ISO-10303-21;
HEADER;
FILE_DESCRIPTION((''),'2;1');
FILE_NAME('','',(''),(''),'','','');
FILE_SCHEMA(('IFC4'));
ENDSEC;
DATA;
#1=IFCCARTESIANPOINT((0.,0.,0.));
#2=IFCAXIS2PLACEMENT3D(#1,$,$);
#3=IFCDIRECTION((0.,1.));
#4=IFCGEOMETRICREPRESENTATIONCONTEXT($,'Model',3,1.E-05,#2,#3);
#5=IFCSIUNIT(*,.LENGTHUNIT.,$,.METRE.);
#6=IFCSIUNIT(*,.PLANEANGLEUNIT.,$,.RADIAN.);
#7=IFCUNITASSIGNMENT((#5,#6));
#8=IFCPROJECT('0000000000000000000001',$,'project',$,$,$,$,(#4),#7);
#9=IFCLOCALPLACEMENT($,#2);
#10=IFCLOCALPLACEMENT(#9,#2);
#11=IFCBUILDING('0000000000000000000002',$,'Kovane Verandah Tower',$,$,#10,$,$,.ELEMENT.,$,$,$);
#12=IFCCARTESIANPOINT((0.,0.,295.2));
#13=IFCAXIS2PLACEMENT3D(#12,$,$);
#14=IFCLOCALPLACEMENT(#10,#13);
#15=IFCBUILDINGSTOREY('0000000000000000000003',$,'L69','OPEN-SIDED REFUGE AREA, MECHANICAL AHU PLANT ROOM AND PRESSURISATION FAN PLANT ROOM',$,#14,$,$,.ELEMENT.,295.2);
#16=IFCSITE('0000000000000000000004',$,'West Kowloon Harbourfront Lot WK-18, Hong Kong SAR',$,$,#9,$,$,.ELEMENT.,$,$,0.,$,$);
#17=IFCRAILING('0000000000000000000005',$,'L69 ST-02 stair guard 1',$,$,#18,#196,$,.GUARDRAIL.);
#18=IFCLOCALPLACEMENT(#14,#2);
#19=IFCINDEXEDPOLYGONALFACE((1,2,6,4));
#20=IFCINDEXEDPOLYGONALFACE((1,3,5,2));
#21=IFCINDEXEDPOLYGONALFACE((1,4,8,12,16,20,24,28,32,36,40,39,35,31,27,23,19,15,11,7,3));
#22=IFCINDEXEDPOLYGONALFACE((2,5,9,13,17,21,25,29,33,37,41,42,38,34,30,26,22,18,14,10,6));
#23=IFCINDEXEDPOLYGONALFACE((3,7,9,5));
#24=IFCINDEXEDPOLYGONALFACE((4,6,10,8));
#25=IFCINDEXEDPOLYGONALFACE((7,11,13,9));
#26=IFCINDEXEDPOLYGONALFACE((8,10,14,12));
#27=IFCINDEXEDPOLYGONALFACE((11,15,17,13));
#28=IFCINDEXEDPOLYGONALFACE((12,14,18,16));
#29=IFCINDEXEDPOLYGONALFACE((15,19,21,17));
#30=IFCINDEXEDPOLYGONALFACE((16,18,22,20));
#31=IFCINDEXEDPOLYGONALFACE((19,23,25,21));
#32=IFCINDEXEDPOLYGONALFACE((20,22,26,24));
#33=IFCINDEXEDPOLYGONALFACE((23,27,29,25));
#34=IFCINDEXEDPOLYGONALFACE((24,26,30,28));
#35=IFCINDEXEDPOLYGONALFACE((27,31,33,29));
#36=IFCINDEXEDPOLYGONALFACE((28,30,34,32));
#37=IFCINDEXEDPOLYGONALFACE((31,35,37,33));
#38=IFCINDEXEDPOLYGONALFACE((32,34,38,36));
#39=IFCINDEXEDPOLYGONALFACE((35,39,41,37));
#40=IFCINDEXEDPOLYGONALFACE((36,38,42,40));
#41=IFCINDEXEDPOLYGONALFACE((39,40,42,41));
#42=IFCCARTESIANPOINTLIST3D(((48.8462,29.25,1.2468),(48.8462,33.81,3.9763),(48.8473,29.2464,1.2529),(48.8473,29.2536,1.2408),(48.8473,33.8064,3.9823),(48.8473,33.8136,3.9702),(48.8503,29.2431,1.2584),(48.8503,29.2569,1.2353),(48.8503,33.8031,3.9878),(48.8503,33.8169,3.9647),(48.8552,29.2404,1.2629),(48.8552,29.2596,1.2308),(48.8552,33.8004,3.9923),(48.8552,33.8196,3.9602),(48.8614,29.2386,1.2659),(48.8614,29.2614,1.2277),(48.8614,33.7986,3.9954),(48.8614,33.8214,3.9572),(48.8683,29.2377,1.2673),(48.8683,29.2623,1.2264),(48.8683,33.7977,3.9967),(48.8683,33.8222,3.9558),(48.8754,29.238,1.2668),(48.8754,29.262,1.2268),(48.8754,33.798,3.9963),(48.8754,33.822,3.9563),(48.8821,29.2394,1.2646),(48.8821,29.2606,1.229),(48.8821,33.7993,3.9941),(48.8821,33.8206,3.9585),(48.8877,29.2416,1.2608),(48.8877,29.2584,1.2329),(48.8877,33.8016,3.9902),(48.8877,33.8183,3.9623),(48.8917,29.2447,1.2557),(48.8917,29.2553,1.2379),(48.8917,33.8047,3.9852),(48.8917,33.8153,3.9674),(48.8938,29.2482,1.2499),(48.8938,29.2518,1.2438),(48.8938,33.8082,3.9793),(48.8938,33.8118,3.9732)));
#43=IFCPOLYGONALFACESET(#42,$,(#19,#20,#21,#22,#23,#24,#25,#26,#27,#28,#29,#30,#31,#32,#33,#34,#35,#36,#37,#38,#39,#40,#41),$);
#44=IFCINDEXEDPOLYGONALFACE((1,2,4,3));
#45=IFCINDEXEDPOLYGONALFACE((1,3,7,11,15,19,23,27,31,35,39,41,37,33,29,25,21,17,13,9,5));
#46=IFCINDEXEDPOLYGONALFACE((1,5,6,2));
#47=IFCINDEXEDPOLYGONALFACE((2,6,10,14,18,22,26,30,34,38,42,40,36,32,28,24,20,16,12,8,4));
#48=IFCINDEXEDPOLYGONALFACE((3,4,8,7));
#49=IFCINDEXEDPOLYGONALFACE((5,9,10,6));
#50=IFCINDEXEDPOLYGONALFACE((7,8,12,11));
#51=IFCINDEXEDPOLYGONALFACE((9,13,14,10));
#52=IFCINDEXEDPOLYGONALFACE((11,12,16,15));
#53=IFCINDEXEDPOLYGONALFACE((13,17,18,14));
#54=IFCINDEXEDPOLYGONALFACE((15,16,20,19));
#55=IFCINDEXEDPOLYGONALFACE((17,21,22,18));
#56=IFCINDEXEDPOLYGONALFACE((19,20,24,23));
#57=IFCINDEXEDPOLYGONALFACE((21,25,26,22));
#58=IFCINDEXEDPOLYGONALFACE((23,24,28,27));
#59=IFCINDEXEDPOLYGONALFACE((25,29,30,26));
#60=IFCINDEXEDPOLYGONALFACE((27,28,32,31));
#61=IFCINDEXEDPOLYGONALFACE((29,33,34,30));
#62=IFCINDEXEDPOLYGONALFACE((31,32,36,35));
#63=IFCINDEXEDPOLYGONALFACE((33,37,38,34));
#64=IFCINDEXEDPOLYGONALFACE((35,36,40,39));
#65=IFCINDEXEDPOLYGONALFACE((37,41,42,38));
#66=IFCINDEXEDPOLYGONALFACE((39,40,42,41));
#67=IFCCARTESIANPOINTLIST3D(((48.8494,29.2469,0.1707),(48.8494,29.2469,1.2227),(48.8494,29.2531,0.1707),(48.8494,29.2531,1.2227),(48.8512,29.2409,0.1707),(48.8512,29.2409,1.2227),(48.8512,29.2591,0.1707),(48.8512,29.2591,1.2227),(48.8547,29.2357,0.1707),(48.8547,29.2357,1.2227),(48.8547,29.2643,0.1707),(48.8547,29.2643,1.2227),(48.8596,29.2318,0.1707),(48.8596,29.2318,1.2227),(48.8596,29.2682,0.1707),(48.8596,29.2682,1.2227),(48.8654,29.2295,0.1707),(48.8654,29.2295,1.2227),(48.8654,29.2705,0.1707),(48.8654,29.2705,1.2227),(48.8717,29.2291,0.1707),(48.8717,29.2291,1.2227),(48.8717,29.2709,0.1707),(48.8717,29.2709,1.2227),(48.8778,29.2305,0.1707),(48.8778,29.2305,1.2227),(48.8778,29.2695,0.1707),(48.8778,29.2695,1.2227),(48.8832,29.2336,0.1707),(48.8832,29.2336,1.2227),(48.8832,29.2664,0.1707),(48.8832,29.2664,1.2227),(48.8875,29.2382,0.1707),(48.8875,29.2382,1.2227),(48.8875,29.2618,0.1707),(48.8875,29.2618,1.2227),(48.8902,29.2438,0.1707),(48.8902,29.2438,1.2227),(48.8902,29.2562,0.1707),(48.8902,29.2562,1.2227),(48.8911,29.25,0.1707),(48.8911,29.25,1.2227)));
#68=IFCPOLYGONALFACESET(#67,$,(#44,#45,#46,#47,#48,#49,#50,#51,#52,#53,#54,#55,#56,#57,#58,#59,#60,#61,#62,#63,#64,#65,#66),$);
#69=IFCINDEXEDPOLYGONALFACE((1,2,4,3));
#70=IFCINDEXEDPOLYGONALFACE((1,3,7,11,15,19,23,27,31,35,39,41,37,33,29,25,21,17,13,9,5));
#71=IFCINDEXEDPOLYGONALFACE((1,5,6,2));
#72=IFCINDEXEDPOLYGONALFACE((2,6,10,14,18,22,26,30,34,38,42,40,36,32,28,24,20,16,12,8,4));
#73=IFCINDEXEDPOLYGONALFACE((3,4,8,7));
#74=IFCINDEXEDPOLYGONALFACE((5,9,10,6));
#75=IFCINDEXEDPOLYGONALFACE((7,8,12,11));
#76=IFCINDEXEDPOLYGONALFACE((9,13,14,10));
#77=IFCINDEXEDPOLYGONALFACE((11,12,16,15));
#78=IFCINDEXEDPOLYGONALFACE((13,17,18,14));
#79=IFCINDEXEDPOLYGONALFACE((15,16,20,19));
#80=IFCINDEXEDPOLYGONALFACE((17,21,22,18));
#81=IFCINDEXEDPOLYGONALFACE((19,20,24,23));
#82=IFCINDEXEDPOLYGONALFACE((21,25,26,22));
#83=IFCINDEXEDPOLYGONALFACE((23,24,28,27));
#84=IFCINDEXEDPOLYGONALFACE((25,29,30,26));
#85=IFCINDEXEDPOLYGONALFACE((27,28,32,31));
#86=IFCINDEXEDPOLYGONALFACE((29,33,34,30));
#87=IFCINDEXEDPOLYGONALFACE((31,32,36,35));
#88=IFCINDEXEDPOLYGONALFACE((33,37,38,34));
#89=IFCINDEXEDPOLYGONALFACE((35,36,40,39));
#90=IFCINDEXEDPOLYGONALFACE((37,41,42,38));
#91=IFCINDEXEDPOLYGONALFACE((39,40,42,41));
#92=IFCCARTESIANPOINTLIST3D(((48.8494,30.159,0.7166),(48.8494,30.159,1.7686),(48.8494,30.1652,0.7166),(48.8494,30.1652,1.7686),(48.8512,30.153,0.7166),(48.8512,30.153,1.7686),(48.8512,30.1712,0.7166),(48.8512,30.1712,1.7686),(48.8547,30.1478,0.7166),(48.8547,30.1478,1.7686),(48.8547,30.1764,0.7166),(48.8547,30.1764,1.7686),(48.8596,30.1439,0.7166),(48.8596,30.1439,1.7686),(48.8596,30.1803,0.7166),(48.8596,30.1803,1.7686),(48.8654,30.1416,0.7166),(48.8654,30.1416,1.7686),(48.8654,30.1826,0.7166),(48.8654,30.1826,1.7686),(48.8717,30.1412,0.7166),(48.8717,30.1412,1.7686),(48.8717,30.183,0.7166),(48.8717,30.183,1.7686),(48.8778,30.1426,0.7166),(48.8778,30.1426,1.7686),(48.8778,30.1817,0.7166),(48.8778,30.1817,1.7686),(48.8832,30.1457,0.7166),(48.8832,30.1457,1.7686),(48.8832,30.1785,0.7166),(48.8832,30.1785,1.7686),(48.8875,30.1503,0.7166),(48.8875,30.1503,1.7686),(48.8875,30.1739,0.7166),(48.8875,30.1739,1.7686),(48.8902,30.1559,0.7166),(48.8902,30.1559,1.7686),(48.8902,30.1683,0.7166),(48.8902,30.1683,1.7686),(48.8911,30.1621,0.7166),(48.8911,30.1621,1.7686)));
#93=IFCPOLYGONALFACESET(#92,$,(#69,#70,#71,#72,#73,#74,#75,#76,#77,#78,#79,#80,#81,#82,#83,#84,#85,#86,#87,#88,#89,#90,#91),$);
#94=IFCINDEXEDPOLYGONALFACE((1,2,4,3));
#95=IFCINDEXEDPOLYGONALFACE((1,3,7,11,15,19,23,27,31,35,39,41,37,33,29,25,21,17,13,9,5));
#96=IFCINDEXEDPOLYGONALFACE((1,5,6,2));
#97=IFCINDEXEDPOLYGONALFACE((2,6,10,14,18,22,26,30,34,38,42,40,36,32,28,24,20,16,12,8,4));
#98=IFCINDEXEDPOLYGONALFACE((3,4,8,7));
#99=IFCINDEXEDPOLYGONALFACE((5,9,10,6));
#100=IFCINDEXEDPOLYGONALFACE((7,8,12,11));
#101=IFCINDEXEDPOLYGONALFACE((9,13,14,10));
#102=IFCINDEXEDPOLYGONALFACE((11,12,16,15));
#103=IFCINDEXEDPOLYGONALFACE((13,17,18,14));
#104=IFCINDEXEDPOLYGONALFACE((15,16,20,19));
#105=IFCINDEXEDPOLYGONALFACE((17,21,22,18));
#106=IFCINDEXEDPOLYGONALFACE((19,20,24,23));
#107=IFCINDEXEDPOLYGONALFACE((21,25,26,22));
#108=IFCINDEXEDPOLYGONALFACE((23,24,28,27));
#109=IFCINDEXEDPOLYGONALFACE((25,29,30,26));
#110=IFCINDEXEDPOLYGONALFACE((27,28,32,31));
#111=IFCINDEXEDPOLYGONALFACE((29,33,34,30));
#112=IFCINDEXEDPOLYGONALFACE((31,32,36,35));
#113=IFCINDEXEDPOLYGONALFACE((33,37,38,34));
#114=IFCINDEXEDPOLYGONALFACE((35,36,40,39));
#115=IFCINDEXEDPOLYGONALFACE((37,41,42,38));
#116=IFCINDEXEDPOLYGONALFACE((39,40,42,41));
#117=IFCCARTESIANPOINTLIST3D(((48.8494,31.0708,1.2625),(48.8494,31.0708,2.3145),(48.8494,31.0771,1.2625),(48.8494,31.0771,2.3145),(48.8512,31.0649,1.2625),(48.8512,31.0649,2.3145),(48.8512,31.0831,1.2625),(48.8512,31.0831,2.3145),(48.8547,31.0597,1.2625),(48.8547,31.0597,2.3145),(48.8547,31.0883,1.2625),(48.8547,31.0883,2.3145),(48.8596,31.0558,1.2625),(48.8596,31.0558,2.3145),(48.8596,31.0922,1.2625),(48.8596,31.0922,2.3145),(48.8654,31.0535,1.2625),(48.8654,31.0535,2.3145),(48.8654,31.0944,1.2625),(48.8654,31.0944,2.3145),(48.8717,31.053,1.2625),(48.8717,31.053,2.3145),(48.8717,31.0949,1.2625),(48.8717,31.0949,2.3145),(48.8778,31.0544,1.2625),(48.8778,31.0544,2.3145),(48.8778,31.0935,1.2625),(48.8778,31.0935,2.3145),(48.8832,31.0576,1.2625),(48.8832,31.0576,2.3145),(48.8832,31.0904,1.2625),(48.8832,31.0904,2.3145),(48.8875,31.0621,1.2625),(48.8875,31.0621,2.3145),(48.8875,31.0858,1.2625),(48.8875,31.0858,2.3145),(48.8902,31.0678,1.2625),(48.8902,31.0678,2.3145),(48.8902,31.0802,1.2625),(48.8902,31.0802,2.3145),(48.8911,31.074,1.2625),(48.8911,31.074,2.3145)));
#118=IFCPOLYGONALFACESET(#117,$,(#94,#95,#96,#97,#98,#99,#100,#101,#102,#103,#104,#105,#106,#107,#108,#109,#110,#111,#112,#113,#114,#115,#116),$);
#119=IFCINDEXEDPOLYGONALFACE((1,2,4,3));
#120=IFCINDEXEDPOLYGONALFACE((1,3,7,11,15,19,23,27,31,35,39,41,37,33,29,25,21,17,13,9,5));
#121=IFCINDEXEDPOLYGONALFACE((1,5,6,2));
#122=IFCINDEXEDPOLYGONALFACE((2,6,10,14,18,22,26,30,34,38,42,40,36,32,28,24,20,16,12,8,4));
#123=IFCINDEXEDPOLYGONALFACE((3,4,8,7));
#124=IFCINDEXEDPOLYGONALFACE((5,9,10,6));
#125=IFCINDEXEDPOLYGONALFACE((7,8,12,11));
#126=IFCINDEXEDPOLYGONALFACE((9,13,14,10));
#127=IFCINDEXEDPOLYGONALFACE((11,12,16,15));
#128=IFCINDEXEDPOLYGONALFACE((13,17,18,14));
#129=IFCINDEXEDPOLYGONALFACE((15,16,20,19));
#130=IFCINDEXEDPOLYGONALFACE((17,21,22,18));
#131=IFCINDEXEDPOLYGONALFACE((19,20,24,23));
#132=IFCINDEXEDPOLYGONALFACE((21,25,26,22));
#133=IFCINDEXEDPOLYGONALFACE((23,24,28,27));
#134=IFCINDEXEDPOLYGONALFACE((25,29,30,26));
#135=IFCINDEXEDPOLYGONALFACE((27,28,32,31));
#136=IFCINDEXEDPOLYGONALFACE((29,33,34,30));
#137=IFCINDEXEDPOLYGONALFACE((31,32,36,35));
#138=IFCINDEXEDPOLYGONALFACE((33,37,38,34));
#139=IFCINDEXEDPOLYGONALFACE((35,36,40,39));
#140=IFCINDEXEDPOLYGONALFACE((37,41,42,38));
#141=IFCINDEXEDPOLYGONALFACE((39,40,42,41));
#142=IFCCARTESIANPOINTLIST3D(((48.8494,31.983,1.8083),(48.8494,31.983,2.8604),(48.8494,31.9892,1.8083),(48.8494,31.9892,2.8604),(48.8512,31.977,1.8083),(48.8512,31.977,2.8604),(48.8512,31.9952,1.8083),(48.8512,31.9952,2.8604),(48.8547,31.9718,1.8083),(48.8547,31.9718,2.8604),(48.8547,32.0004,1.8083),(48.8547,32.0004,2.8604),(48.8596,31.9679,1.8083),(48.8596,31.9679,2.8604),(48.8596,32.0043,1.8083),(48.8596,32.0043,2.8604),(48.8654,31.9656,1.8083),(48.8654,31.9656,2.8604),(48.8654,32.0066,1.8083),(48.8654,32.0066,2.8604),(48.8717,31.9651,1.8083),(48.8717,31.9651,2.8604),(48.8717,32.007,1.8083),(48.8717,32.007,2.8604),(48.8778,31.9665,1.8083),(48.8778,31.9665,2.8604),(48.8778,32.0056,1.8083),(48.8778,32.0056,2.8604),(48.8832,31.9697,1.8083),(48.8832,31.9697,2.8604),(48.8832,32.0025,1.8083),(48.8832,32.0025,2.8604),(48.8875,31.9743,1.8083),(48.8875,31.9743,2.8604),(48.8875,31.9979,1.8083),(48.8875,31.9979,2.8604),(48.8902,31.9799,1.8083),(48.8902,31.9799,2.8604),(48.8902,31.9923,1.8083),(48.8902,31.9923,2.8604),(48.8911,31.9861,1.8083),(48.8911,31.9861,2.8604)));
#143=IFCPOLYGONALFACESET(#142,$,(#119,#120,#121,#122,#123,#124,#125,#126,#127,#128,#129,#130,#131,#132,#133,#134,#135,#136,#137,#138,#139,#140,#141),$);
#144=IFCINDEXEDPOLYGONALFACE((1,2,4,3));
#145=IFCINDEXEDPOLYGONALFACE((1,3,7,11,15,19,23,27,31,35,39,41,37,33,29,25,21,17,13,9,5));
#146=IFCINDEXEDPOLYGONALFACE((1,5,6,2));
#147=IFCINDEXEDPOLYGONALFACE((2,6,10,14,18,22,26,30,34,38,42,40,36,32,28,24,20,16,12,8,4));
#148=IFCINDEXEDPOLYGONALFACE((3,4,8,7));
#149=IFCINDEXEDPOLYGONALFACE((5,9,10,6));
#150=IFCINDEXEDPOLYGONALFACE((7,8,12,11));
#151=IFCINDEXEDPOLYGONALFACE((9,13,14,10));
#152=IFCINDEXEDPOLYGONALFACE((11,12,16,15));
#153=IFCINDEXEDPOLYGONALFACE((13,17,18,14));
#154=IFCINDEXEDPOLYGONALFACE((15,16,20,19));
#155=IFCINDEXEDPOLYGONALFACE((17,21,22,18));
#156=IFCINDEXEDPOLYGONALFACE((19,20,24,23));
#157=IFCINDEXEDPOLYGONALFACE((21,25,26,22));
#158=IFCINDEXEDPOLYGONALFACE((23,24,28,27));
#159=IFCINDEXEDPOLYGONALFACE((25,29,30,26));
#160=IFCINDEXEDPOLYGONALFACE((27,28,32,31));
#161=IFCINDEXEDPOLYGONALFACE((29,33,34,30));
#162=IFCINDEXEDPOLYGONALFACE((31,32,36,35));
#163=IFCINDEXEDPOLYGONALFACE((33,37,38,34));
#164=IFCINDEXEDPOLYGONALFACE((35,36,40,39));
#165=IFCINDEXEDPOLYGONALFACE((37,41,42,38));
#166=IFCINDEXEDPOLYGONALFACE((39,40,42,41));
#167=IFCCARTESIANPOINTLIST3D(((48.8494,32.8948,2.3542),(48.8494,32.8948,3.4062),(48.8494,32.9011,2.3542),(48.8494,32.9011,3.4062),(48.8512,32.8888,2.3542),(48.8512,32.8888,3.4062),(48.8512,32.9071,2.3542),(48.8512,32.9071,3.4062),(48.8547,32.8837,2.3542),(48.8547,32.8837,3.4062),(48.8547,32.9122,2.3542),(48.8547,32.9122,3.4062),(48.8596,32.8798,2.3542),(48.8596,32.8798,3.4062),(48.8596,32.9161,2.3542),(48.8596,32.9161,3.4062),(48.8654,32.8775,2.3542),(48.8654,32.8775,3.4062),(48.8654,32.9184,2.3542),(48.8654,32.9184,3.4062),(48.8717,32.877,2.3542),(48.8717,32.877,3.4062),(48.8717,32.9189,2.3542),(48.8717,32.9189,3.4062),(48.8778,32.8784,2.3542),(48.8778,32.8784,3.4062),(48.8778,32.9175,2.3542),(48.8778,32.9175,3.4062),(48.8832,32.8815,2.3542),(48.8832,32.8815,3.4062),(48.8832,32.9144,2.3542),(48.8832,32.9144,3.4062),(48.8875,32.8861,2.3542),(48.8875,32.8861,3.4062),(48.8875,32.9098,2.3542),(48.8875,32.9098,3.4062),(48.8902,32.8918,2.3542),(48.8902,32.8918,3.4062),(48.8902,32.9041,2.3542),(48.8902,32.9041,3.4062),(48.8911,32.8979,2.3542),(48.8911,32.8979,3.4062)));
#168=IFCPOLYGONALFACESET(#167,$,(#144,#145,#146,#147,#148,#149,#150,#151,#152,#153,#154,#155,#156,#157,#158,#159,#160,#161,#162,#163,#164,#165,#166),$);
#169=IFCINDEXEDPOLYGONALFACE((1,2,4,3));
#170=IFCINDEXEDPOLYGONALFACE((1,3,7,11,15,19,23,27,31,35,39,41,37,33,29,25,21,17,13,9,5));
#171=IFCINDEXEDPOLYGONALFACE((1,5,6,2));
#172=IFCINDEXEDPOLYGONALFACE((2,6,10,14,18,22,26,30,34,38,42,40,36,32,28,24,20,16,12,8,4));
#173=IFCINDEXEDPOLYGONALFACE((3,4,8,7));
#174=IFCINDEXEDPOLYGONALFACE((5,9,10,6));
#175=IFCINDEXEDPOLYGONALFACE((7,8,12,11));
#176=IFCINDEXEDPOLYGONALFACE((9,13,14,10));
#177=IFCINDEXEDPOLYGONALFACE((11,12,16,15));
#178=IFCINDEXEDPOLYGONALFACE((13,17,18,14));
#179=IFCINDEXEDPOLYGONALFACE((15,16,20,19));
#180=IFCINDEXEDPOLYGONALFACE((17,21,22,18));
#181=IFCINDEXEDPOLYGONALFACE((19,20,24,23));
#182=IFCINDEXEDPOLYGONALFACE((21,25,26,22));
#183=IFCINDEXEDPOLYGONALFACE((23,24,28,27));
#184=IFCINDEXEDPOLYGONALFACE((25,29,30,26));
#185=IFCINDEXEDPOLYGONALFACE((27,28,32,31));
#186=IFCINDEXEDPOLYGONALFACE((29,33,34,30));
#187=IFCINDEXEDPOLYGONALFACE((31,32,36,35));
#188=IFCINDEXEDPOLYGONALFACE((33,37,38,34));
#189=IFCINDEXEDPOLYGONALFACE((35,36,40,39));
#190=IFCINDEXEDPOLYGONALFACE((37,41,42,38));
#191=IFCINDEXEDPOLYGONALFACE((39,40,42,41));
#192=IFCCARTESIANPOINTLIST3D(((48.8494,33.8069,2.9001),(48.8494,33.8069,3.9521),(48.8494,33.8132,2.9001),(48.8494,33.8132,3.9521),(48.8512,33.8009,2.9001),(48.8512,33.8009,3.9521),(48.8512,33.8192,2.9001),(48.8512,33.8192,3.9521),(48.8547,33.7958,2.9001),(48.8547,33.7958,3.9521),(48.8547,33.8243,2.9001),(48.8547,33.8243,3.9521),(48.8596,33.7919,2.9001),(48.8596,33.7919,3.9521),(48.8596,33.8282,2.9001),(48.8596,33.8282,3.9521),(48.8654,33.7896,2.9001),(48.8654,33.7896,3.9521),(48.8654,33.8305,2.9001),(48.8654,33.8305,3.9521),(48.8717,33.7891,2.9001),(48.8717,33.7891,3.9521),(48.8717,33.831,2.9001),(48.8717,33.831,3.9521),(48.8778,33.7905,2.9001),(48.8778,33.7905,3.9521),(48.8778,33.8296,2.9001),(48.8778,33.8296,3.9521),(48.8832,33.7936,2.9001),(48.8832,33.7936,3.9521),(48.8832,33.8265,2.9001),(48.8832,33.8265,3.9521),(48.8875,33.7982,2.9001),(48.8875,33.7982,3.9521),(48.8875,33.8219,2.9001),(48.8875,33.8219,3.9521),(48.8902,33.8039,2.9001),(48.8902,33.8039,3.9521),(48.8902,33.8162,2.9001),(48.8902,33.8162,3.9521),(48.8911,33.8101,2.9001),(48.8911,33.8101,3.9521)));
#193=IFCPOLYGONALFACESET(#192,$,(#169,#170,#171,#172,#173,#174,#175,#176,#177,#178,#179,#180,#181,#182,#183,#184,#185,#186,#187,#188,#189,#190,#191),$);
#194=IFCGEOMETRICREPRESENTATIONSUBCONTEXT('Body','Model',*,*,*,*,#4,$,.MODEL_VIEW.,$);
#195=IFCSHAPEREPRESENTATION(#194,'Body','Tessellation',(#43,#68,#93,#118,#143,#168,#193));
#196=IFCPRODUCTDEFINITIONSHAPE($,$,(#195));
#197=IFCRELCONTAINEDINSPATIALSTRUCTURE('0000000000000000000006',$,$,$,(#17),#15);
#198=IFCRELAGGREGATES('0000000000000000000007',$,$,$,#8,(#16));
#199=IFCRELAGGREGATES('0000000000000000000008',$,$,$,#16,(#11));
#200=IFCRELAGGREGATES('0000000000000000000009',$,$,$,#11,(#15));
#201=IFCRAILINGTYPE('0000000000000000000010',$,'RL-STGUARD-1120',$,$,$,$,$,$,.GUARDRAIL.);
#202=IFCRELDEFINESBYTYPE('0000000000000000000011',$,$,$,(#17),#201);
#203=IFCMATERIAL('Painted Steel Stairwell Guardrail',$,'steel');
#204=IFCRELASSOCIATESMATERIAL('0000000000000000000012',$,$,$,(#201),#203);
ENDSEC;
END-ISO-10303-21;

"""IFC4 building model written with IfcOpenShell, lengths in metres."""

from ifc_helpers import new_model, si_unit, direction, frame, origin, origin_2d, place, context, subcontext, project, spatial, circle, extrude, material, type_object, element, save


model = new_model("IFC4")

# Units and contexts
model_context = context("Model", 3, precision=1e-05, world=origin(), true_north=direction((0.0, 1.0)))
body_context = subcontext(model_context, "Body", "Model", "MODEL_VIEW")
ifc_project = project(units=[si_unit("LENGTHUNIT", "METRE"), si_unit("PLANEANGLEUNIT", "RADIAN")], contexts=[model_context])

# Site, building, storey
site_placement = place(None, origin())
site = spatial("IfcSite", under=ifc_project, at=site_placement, Name="West Kowloon Harbourfront Lot WK-18, Hong Kong SAR", CompositionType="ELEMENT", RefElevation=0.0)
building_placement = place(site_placement, origin())
building = spatial("IfcBuilding", under=site, at=building_placement, Name="Kovane Verandah Tower", CompositionType="ELEMENT")
storey_placement = place(building_placement, frame((0.0, 0.0, 295.2)))
storey = spatial("IfcBuildingStorey", under=building, at=storey_placement, Name="L69", Description="OPEN-SIDED REFUGE AREA, MECHANICAL AHU PLANT ROOM AND PRESSURISATION FAN PLANT ROOM", CompositionType="ELEMENT", Elevation=295.2)

# Railing
ifc_material_1 = material(Name="Painted Steel Stairwell Guardrail", Category="steel")
railing_type_1 = type_object("IfcRailingType", Name="RL-STGUARD-1120", PredefinedType="GUARDRAIL", material=ifc_material_1)
railing_1_placement = place(storey_placement, frame((48.8701, 29.25, 0.1707)))
element("IfcRailing", 1, at=railing_1_placement, inside=storey, type_object=railing_type_1, Name="L69 ST-02 stair guard 1", PredefinedType="GUARDRAIL", context=body_context, shape_type="SweptSolid", body=[
    extrude(circle(Radius=0.0239, at=origin_2d()), frame((0.0, 0.0, 1.0762), z_axis=(0.0, 0.858036, 0.51359), x_axis=(-1.0, 0.0, 0.0)), (0.0, 0.0, 1.0), 5.3145),
    extrude(circle(Radius=0.021, at=origin_2d()), origin(), (0.0, 0.0, 1.0), 1.052),
    extrude(circle(Radius=0.021, at=origin_2d()), frame((0.0, 0.9121, 0.5459)), (0.0, 0.0, 1.0), 1.052),
    extrude(circle(Radius=0.021, at=origin_2d()), frame((0.0, 1.824, 1.0918)), (0.0, 0.0, 1.0), 1.052),
    extrude(circle(Radius=0.021, at=origin_2d()), frame((0.0, 2.7361, 1.6377)), (0.0, 0.0, 1.0), 1.052),
    extrude(circle(Radius=0.021, at=origin_2d()), frame((0.0, 3.6479, 2.1836)), (0.0, 0.0, 1.0), 1.052),
    extrude(circle(Radius=0.021, at=origin_2d()), frame((0.0, 4.5601, 2.7295)), (0.0, 0.0, 1.0), 1.052),
])

save(model, "model.ifc")
